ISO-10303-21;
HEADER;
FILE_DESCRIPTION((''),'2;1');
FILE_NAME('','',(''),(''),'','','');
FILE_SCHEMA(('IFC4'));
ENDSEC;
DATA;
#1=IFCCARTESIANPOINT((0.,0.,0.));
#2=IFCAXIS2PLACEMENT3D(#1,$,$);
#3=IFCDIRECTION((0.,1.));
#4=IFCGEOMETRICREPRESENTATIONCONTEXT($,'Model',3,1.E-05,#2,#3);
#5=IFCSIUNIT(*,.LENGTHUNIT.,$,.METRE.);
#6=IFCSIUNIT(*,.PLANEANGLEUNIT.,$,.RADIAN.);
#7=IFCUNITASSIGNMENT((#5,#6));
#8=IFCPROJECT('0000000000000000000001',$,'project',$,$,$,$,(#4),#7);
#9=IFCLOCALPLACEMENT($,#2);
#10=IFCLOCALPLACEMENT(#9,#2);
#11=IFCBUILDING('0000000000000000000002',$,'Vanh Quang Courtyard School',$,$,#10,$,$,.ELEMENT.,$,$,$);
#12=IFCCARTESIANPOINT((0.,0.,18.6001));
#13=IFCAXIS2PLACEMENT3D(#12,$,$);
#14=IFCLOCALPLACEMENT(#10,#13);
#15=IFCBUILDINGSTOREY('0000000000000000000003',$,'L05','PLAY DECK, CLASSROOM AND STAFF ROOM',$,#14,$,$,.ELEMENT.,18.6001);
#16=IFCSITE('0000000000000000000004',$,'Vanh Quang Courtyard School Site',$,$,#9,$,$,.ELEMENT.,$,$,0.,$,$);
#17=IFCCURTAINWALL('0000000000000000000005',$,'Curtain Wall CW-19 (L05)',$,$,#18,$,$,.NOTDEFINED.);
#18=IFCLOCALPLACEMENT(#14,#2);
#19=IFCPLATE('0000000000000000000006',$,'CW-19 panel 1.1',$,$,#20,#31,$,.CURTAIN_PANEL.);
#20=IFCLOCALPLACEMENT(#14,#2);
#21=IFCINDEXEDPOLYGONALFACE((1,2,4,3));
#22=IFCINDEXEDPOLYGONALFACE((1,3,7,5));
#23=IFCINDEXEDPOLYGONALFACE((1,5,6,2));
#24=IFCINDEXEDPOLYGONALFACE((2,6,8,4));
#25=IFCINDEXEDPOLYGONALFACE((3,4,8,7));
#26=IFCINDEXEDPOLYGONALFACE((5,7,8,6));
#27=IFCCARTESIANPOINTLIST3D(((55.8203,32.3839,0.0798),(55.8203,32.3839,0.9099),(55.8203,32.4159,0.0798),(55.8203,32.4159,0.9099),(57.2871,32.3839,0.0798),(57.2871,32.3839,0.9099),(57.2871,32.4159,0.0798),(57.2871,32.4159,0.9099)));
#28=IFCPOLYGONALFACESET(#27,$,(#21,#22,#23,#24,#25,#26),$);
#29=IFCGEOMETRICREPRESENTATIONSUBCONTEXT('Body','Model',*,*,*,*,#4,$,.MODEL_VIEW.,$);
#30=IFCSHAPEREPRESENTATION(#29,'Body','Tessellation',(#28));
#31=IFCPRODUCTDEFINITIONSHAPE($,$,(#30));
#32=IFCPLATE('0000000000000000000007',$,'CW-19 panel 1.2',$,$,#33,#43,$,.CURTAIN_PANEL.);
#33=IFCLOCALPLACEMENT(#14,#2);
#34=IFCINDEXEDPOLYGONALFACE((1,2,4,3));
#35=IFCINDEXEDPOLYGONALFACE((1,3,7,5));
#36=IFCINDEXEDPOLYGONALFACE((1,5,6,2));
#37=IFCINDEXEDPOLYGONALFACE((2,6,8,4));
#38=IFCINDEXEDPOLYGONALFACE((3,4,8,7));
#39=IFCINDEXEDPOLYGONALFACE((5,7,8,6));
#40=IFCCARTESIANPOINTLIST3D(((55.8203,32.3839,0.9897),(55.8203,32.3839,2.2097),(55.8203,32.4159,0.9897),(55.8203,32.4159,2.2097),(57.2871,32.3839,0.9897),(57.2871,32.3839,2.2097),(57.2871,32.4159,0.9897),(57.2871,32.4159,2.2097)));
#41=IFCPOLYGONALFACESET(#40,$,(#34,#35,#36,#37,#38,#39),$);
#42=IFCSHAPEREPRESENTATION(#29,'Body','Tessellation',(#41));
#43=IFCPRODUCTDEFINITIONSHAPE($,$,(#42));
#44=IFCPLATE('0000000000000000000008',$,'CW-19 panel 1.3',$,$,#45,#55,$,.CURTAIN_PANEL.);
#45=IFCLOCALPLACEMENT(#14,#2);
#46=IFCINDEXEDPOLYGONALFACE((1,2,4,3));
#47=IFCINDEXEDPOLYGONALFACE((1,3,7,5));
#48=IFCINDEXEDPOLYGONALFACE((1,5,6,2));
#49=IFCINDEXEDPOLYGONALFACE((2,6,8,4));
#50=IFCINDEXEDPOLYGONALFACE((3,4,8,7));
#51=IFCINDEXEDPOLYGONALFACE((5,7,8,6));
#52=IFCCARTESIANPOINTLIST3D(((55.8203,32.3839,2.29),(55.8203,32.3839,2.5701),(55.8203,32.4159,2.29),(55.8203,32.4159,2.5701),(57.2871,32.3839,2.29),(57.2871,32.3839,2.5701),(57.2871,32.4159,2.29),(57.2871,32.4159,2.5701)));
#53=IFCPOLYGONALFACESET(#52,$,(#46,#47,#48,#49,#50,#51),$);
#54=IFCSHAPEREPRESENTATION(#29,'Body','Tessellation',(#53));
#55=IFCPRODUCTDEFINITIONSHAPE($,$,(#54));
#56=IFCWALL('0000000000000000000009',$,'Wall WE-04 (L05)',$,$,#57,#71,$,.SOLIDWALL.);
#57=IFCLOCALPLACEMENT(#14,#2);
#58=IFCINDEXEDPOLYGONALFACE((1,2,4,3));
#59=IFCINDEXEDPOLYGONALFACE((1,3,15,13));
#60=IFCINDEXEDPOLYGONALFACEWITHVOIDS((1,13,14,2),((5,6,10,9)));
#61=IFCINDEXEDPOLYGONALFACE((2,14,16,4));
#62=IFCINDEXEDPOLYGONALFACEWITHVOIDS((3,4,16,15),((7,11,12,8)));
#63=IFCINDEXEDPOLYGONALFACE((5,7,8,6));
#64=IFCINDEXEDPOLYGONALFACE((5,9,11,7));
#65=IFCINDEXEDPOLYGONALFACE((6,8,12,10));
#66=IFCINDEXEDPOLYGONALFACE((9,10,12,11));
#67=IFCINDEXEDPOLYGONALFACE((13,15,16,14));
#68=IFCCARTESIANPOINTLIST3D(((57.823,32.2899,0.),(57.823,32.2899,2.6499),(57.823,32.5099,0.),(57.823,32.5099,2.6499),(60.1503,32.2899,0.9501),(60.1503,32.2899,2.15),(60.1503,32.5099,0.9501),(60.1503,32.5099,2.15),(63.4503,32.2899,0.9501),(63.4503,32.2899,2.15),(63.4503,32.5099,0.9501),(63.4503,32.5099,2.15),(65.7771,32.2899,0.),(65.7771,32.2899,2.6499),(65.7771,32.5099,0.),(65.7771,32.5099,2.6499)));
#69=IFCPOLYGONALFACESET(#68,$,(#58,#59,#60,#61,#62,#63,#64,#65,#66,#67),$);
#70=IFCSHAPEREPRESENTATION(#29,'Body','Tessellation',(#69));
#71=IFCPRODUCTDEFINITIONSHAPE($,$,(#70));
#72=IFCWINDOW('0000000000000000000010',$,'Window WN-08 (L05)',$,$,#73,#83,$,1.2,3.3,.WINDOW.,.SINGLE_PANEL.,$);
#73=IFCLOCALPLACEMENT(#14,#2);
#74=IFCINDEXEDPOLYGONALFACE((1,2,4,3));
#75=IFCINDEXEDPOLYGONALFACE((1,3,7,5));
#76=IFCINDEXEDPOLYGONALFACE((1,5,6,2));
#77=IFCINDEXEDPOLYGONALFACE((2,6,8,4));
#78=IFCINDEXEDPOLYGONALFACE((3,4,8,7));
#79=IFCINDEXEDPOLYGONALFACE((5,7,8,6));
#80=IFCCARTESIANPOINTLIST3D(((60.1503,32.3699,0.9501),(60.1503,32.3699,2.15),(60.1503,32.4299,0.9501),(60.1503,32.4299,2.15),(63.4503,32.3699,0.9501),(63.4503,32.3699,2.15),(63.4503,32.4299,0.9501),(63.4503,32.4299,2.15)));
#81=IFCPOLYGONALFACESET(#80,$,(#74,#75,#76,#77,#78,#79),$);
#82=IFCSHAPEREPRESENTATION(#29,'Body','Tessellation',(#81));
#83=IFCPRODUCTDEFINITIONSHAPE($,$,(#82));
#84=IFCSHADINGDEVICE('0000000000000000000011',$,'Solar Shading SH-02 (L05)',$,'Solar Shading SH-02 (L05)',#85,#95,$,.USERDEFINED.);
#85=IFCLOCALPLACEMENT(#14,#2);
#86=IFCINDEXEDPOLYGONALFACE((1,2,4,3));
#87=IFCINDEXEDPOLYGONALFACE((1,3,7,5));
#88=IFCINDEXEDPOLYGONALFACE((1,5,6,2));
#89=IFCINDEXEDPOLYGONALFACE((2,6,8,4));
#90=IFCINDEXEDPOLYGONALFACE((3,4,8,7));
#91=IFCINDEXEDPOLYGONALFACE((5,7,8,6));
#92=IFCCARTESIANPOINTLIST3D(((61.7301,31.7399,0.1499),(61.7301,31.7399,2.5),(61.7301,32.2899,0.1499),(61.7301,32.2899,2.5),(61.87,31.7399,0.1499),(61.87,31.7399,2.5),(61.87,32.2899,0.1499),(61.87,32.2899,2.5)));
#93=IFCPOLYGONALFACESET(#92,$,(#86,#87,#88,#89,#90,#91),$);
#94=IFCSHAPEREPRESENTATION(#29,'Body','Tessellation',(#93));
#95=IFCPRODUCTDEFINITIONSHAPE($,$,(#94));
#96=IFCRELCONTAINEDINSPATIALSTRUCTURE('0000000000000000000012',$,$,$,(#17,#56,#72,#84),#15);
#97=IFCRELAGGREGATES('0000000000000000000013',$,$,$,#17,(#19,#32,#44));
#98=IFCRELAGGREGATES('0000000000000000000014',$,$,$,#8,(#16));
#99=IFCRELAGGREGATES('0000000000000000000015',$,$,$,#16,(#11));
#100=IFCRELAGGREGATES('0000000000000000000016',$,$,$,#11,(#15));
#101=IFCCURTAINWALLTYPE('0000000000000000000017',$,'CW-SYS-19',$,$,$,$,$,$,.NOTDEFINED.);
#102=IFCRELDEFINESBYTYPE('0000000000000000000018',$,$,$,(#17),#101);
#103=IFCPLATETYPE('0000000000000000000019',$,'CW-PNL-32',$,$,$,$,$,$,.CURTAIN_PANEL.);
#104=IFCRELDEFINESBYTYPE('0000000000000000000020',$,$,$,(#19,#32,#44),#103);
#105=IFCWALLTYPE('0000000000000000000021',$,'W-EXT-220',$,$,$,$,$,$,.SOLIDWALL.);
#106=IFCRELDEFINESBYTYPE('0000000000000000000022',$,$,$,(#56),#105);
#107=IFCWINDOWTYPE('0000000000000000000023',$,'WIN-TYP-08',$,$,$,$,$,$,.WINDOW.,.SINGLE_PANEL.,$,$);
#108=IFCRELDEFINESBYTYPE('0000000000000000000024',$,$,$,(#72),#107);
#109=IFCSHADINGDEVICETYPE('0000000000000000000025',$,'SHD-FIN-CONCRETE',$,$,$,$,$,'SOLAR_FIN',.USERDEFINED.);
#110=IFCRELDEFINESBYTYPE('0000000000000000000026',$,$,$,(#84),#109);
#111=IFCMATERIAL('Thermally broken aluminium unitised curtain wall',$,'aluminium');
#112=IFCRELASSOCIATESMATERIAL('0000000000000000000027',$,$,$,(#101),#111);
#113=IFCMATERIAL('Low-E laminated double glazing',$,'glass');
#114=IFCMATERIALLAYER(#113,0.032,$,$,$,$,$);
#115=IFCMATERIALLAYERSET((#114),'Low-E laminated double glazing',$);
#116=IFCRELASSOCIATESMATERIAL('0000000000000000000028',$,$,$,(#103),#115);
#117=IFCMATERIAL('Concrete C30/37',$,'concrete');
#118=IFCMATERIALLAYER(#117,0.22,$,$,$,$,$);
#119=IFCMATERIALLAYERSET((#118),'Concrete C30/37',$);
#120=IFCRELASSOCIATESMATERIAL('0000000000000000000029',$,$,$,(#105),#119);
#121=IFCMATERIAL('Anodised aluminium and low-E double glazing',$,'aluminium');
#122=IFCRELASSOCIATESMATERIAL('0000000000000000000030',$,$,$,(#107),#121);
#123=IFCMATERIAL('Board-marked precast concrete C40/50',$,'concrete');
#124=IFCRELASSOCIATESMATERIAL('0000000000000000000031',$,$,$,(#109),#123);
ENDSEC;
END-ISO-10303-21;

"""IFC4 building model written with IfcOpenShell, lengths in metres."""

from ifc_helpers import new_model, si_unit, direction, frame, frame_2d, origin, origin_2d, place, context, subcontext, project, spatial, rectangle, extrude, material, layer, layer_set, type_object, element, fill, aggregate, save


model = new_model("IFC4")

# Units and contexts
model_context = context("Model", 3, precision=1e-05, world=origin(), true_north=direction((0.0, 1.0)))
body_context = subcontext(model_context, "Body", "Model", "MODEL_VIEW")
ifc_project = project(units=[si_unit("LENGTHUNIT", "METRE"), si_unit("PLANEANGLEUNIT", "RADIAN")], contexts=[model_context])

# Site, building, storey
site_placement = place(None, origin())
site = spatial("IfcSite", under=ifc_project, at=site_placement, Name="Vanh Quang Courtyard School Site", CompositionType="ELEMENT", RefElevation=0.0)
building_placement = place(site_placement, origin())
building = spatial("IfcBuilding", under=site, at=building_placement, Name="Vanh Quang Courtyard School", CompositionType="ELEMENT")
storey_placement = place(building_placement, frame((0.0, 0.0, 18.6001)))
storey = spatial("IfcBuildingStorey", under=building, at=storey_placement, Name="L05", Description="PLAY DECK, CLASSROOM AND STAFF ROOM", CompositionType="ELEMENT", Elevation=18.6001)

# Curtain wall, plates
ifc_material_1 = material(Name="Thermally broken aluminium unitised curtain wall", Category="aluminium")
curtain_wall_type = type_object("IfcCurtainWallType", Name="CW-SYS-19", PredefinedType="NOTDEFINED", material=ifc_material_1)
curtain_wall_placement = place(storey_placement, origin())
curtain_wall = element("IfcCurtainWall", 1, at=curtain_wall_placement, inside=storey, type_object=curtain_wall_type, Name="Curtain Wall CW-19 (L05)", PredefinedType="NOTDEFINED")
ifc_material_2 = material(Name="Low-E laminated double glazing", Category="glass")
ifc_layer_1 = layer(ifc_material_2, 0.032)
ifc_layer_set_1 = layer_set([ifc_layer_1], Name="Low-E laminated double glazing")
plate_type = type_object("IfcPlateType", Name="CW-PNL-32", PredefinedType="CURTAIN_PANEL", material=ifc_layer_set_1)
plate_1_placement = place(storey_placement, frame((56.5537, 32.3999, 0.0798), z_axis=(0.0, 0.0, 1.0), x_axis=(-1.0, 0.0, 0.0)))
plate_1 = element("IfcPlate", 2, at=plate_1_placement, type_object=plate_type, Name="CW-19 panel 1.1", PredefinedType="CURTAIN_PANEL", context=body_context, shape_type="SweptSolid", body=[
    extrude(rectangle(XDim=1.4668, YDim=0.032, at=origin_2d()), origin(), (0.0, 0.0, 1.0), 0.8301),
])
plate_2_placement = place(storey_placement, frame((56.5537, 32.3999, 0.9897), z_axis=(0.0, 0.0, 1.0), x_axis=(-1.0, 0.0, 0.0)))
plate_2 = element("IfcPlate", 3, at=plate_2_placement, type_object=plate_type, Name="CW-19 panel 1.2", PredefinedType="CURTAIN_PANEL", context=body_context, shape_type="SweptSolid", body=[
    extrude(rectangle(XDim=1.4668, YDim=0.032, at=origin_2d()), origin(), (0.0, 0.0, 1.0), 1.22),
])
plate_3_placement = place(storey_placement, frame((56.5537, 32.3999, 2.29), z_axis=(0.0, 0.0, 1.0), x_axis=(-1.0, 0.0, 0.0)))
plate_3 = element("IfcPlate", 4, at=plate_3_placement, type_object=plate_type, Name="CW-19 panel 1.3", PredefinedType="CURTAIN_PANEL", context=body_context, shape_type="SweptSolid", body=[
    extrude(rectangle(XDim=1.4668, YDim=0.032, at=origin_2d()), origin(), (0.0, 0.0, 1.0), 0.28),
])
aggregate(curtain_wall, [plate_1, plate_2, plate_3])

# Wall, opening, window
ifc_material_3 = material(Name="Concrete C30/37", Category="concrete")
ifc_layer_2 = layer(ifc_material_3, 0.22)
ifc_layer_set_2 = layer_set([ifc_layer_2], Name="Concrete C30/37")
wall_type = type_object("IfcWallType", Name="W-EXT-220", PredefinedType="SOLIDWALL", material=ifc_layer_set_2)
wall_placement = place(storey_placement, frame((65.7771, 32.3999, 0.0), z_axis=(0.0, 0.0, 1.0), x_axis=(-1.0, 0.0, 0.0)))
wall = element("IfcWall", 5, at=wall_placement, inside=storey, type_object=wall_type, Name="Wall WE-04 (L05)", PredefinedType="SOLIDWALL", context=body_context, shape_type="SweptSolid", body=[
    extrude(rectangle(XDim=7.9541, YDim=0.22, at=frame_2d((3.9771, 0.0))), origin(), (0.0, 0.0, 1.0), 2.6499),
])
opening_placement = place(wall_placement, frame((2.3269, 0.0, 0.95)))
opening = element("IfcOpeningElement", 6, at=opening_placement, cuts=wall, PredefinedType="OPENING", context=body_context, shape_type="SweptSolid", body=[
    extrude(rectangle(XDim=3.3, YDim=1.2, at=frame_2d((1.6499, 0.6001))), frame((0.0, 0.1201, 0.0), z_axis=(0.0, -1.0, 0.0), x_axis=(1.0, 0.0, 0.0)), (0.0, 0.0, 1.0), 0.24),
])
ifc_material_4 = material(Name="Anodised aluminium and low-E double glazing", Category="aluminium")
window_type = type_object("IfcWindowType", Name="WIN-TYP-08", PartitioningType="SINGLE_PANEL", PredefinedType="WINDOW", material=ifc_material_4)
window_placement = place(opening_placement, origin())
window = element("IfcWindow", 7, at=window_placement, inside=storey, type_object=window_type, Name="Window WN-08 (L05)", OverallHeight=1.2, OverallWidth=3.3, PartitioningType="SINGLE_PANEL", PredefinedType="WINDOW", context=body_context, shape_type="SweptSolid", body=[
    extrude(rectangle(XDim=3.3, YDim=1.2, at=frame_2d((1.6499, 0.6001))), frame((0.0, 0.03, 0.0), z_axis=(0.0, -1.0, 0.0), x_axis=(1.0, 0.0, 0.0)), (0.0, 0.0, 1.0), 0.0601),
])
fill(opening, window)

# Shading device
ifc_material_5 = material(Name="Board-marked precast concrete C40/50", Category="concrete")
shading_device_type = type_object("IfcShadingDeviceType", Name="SHD-FIN-CONCRETE", ElementType="SOLAR_FIN", PredefinedType="USERDEFINED", material=ifc_material_5)
shading_device_placement = place(storey_placement, frame((61.8, 32.0149, 0.1499), z_axis=(0.0, 0.0, 1.0), x_axis=(-1.0, 0.0, 0.0)))
element("IfcShadingDevice", 8, at=shading_device_placement, inside=storey, type_object=shading_device_type, Name="Solar Shading SH-02 (L05)", ObjectType="Solar Shading SH-02 (L05)", PredefinedType="USERDEFINED", context=body_context, shape_type="SweptSolid", body=[
    extrude(rectangle(XDim=0.1399, YDim=0.55, at=origin_2d()), origin(), (0.0, 0.0, 1.0), 2.3501),
])

save(model, "model.ifc")
